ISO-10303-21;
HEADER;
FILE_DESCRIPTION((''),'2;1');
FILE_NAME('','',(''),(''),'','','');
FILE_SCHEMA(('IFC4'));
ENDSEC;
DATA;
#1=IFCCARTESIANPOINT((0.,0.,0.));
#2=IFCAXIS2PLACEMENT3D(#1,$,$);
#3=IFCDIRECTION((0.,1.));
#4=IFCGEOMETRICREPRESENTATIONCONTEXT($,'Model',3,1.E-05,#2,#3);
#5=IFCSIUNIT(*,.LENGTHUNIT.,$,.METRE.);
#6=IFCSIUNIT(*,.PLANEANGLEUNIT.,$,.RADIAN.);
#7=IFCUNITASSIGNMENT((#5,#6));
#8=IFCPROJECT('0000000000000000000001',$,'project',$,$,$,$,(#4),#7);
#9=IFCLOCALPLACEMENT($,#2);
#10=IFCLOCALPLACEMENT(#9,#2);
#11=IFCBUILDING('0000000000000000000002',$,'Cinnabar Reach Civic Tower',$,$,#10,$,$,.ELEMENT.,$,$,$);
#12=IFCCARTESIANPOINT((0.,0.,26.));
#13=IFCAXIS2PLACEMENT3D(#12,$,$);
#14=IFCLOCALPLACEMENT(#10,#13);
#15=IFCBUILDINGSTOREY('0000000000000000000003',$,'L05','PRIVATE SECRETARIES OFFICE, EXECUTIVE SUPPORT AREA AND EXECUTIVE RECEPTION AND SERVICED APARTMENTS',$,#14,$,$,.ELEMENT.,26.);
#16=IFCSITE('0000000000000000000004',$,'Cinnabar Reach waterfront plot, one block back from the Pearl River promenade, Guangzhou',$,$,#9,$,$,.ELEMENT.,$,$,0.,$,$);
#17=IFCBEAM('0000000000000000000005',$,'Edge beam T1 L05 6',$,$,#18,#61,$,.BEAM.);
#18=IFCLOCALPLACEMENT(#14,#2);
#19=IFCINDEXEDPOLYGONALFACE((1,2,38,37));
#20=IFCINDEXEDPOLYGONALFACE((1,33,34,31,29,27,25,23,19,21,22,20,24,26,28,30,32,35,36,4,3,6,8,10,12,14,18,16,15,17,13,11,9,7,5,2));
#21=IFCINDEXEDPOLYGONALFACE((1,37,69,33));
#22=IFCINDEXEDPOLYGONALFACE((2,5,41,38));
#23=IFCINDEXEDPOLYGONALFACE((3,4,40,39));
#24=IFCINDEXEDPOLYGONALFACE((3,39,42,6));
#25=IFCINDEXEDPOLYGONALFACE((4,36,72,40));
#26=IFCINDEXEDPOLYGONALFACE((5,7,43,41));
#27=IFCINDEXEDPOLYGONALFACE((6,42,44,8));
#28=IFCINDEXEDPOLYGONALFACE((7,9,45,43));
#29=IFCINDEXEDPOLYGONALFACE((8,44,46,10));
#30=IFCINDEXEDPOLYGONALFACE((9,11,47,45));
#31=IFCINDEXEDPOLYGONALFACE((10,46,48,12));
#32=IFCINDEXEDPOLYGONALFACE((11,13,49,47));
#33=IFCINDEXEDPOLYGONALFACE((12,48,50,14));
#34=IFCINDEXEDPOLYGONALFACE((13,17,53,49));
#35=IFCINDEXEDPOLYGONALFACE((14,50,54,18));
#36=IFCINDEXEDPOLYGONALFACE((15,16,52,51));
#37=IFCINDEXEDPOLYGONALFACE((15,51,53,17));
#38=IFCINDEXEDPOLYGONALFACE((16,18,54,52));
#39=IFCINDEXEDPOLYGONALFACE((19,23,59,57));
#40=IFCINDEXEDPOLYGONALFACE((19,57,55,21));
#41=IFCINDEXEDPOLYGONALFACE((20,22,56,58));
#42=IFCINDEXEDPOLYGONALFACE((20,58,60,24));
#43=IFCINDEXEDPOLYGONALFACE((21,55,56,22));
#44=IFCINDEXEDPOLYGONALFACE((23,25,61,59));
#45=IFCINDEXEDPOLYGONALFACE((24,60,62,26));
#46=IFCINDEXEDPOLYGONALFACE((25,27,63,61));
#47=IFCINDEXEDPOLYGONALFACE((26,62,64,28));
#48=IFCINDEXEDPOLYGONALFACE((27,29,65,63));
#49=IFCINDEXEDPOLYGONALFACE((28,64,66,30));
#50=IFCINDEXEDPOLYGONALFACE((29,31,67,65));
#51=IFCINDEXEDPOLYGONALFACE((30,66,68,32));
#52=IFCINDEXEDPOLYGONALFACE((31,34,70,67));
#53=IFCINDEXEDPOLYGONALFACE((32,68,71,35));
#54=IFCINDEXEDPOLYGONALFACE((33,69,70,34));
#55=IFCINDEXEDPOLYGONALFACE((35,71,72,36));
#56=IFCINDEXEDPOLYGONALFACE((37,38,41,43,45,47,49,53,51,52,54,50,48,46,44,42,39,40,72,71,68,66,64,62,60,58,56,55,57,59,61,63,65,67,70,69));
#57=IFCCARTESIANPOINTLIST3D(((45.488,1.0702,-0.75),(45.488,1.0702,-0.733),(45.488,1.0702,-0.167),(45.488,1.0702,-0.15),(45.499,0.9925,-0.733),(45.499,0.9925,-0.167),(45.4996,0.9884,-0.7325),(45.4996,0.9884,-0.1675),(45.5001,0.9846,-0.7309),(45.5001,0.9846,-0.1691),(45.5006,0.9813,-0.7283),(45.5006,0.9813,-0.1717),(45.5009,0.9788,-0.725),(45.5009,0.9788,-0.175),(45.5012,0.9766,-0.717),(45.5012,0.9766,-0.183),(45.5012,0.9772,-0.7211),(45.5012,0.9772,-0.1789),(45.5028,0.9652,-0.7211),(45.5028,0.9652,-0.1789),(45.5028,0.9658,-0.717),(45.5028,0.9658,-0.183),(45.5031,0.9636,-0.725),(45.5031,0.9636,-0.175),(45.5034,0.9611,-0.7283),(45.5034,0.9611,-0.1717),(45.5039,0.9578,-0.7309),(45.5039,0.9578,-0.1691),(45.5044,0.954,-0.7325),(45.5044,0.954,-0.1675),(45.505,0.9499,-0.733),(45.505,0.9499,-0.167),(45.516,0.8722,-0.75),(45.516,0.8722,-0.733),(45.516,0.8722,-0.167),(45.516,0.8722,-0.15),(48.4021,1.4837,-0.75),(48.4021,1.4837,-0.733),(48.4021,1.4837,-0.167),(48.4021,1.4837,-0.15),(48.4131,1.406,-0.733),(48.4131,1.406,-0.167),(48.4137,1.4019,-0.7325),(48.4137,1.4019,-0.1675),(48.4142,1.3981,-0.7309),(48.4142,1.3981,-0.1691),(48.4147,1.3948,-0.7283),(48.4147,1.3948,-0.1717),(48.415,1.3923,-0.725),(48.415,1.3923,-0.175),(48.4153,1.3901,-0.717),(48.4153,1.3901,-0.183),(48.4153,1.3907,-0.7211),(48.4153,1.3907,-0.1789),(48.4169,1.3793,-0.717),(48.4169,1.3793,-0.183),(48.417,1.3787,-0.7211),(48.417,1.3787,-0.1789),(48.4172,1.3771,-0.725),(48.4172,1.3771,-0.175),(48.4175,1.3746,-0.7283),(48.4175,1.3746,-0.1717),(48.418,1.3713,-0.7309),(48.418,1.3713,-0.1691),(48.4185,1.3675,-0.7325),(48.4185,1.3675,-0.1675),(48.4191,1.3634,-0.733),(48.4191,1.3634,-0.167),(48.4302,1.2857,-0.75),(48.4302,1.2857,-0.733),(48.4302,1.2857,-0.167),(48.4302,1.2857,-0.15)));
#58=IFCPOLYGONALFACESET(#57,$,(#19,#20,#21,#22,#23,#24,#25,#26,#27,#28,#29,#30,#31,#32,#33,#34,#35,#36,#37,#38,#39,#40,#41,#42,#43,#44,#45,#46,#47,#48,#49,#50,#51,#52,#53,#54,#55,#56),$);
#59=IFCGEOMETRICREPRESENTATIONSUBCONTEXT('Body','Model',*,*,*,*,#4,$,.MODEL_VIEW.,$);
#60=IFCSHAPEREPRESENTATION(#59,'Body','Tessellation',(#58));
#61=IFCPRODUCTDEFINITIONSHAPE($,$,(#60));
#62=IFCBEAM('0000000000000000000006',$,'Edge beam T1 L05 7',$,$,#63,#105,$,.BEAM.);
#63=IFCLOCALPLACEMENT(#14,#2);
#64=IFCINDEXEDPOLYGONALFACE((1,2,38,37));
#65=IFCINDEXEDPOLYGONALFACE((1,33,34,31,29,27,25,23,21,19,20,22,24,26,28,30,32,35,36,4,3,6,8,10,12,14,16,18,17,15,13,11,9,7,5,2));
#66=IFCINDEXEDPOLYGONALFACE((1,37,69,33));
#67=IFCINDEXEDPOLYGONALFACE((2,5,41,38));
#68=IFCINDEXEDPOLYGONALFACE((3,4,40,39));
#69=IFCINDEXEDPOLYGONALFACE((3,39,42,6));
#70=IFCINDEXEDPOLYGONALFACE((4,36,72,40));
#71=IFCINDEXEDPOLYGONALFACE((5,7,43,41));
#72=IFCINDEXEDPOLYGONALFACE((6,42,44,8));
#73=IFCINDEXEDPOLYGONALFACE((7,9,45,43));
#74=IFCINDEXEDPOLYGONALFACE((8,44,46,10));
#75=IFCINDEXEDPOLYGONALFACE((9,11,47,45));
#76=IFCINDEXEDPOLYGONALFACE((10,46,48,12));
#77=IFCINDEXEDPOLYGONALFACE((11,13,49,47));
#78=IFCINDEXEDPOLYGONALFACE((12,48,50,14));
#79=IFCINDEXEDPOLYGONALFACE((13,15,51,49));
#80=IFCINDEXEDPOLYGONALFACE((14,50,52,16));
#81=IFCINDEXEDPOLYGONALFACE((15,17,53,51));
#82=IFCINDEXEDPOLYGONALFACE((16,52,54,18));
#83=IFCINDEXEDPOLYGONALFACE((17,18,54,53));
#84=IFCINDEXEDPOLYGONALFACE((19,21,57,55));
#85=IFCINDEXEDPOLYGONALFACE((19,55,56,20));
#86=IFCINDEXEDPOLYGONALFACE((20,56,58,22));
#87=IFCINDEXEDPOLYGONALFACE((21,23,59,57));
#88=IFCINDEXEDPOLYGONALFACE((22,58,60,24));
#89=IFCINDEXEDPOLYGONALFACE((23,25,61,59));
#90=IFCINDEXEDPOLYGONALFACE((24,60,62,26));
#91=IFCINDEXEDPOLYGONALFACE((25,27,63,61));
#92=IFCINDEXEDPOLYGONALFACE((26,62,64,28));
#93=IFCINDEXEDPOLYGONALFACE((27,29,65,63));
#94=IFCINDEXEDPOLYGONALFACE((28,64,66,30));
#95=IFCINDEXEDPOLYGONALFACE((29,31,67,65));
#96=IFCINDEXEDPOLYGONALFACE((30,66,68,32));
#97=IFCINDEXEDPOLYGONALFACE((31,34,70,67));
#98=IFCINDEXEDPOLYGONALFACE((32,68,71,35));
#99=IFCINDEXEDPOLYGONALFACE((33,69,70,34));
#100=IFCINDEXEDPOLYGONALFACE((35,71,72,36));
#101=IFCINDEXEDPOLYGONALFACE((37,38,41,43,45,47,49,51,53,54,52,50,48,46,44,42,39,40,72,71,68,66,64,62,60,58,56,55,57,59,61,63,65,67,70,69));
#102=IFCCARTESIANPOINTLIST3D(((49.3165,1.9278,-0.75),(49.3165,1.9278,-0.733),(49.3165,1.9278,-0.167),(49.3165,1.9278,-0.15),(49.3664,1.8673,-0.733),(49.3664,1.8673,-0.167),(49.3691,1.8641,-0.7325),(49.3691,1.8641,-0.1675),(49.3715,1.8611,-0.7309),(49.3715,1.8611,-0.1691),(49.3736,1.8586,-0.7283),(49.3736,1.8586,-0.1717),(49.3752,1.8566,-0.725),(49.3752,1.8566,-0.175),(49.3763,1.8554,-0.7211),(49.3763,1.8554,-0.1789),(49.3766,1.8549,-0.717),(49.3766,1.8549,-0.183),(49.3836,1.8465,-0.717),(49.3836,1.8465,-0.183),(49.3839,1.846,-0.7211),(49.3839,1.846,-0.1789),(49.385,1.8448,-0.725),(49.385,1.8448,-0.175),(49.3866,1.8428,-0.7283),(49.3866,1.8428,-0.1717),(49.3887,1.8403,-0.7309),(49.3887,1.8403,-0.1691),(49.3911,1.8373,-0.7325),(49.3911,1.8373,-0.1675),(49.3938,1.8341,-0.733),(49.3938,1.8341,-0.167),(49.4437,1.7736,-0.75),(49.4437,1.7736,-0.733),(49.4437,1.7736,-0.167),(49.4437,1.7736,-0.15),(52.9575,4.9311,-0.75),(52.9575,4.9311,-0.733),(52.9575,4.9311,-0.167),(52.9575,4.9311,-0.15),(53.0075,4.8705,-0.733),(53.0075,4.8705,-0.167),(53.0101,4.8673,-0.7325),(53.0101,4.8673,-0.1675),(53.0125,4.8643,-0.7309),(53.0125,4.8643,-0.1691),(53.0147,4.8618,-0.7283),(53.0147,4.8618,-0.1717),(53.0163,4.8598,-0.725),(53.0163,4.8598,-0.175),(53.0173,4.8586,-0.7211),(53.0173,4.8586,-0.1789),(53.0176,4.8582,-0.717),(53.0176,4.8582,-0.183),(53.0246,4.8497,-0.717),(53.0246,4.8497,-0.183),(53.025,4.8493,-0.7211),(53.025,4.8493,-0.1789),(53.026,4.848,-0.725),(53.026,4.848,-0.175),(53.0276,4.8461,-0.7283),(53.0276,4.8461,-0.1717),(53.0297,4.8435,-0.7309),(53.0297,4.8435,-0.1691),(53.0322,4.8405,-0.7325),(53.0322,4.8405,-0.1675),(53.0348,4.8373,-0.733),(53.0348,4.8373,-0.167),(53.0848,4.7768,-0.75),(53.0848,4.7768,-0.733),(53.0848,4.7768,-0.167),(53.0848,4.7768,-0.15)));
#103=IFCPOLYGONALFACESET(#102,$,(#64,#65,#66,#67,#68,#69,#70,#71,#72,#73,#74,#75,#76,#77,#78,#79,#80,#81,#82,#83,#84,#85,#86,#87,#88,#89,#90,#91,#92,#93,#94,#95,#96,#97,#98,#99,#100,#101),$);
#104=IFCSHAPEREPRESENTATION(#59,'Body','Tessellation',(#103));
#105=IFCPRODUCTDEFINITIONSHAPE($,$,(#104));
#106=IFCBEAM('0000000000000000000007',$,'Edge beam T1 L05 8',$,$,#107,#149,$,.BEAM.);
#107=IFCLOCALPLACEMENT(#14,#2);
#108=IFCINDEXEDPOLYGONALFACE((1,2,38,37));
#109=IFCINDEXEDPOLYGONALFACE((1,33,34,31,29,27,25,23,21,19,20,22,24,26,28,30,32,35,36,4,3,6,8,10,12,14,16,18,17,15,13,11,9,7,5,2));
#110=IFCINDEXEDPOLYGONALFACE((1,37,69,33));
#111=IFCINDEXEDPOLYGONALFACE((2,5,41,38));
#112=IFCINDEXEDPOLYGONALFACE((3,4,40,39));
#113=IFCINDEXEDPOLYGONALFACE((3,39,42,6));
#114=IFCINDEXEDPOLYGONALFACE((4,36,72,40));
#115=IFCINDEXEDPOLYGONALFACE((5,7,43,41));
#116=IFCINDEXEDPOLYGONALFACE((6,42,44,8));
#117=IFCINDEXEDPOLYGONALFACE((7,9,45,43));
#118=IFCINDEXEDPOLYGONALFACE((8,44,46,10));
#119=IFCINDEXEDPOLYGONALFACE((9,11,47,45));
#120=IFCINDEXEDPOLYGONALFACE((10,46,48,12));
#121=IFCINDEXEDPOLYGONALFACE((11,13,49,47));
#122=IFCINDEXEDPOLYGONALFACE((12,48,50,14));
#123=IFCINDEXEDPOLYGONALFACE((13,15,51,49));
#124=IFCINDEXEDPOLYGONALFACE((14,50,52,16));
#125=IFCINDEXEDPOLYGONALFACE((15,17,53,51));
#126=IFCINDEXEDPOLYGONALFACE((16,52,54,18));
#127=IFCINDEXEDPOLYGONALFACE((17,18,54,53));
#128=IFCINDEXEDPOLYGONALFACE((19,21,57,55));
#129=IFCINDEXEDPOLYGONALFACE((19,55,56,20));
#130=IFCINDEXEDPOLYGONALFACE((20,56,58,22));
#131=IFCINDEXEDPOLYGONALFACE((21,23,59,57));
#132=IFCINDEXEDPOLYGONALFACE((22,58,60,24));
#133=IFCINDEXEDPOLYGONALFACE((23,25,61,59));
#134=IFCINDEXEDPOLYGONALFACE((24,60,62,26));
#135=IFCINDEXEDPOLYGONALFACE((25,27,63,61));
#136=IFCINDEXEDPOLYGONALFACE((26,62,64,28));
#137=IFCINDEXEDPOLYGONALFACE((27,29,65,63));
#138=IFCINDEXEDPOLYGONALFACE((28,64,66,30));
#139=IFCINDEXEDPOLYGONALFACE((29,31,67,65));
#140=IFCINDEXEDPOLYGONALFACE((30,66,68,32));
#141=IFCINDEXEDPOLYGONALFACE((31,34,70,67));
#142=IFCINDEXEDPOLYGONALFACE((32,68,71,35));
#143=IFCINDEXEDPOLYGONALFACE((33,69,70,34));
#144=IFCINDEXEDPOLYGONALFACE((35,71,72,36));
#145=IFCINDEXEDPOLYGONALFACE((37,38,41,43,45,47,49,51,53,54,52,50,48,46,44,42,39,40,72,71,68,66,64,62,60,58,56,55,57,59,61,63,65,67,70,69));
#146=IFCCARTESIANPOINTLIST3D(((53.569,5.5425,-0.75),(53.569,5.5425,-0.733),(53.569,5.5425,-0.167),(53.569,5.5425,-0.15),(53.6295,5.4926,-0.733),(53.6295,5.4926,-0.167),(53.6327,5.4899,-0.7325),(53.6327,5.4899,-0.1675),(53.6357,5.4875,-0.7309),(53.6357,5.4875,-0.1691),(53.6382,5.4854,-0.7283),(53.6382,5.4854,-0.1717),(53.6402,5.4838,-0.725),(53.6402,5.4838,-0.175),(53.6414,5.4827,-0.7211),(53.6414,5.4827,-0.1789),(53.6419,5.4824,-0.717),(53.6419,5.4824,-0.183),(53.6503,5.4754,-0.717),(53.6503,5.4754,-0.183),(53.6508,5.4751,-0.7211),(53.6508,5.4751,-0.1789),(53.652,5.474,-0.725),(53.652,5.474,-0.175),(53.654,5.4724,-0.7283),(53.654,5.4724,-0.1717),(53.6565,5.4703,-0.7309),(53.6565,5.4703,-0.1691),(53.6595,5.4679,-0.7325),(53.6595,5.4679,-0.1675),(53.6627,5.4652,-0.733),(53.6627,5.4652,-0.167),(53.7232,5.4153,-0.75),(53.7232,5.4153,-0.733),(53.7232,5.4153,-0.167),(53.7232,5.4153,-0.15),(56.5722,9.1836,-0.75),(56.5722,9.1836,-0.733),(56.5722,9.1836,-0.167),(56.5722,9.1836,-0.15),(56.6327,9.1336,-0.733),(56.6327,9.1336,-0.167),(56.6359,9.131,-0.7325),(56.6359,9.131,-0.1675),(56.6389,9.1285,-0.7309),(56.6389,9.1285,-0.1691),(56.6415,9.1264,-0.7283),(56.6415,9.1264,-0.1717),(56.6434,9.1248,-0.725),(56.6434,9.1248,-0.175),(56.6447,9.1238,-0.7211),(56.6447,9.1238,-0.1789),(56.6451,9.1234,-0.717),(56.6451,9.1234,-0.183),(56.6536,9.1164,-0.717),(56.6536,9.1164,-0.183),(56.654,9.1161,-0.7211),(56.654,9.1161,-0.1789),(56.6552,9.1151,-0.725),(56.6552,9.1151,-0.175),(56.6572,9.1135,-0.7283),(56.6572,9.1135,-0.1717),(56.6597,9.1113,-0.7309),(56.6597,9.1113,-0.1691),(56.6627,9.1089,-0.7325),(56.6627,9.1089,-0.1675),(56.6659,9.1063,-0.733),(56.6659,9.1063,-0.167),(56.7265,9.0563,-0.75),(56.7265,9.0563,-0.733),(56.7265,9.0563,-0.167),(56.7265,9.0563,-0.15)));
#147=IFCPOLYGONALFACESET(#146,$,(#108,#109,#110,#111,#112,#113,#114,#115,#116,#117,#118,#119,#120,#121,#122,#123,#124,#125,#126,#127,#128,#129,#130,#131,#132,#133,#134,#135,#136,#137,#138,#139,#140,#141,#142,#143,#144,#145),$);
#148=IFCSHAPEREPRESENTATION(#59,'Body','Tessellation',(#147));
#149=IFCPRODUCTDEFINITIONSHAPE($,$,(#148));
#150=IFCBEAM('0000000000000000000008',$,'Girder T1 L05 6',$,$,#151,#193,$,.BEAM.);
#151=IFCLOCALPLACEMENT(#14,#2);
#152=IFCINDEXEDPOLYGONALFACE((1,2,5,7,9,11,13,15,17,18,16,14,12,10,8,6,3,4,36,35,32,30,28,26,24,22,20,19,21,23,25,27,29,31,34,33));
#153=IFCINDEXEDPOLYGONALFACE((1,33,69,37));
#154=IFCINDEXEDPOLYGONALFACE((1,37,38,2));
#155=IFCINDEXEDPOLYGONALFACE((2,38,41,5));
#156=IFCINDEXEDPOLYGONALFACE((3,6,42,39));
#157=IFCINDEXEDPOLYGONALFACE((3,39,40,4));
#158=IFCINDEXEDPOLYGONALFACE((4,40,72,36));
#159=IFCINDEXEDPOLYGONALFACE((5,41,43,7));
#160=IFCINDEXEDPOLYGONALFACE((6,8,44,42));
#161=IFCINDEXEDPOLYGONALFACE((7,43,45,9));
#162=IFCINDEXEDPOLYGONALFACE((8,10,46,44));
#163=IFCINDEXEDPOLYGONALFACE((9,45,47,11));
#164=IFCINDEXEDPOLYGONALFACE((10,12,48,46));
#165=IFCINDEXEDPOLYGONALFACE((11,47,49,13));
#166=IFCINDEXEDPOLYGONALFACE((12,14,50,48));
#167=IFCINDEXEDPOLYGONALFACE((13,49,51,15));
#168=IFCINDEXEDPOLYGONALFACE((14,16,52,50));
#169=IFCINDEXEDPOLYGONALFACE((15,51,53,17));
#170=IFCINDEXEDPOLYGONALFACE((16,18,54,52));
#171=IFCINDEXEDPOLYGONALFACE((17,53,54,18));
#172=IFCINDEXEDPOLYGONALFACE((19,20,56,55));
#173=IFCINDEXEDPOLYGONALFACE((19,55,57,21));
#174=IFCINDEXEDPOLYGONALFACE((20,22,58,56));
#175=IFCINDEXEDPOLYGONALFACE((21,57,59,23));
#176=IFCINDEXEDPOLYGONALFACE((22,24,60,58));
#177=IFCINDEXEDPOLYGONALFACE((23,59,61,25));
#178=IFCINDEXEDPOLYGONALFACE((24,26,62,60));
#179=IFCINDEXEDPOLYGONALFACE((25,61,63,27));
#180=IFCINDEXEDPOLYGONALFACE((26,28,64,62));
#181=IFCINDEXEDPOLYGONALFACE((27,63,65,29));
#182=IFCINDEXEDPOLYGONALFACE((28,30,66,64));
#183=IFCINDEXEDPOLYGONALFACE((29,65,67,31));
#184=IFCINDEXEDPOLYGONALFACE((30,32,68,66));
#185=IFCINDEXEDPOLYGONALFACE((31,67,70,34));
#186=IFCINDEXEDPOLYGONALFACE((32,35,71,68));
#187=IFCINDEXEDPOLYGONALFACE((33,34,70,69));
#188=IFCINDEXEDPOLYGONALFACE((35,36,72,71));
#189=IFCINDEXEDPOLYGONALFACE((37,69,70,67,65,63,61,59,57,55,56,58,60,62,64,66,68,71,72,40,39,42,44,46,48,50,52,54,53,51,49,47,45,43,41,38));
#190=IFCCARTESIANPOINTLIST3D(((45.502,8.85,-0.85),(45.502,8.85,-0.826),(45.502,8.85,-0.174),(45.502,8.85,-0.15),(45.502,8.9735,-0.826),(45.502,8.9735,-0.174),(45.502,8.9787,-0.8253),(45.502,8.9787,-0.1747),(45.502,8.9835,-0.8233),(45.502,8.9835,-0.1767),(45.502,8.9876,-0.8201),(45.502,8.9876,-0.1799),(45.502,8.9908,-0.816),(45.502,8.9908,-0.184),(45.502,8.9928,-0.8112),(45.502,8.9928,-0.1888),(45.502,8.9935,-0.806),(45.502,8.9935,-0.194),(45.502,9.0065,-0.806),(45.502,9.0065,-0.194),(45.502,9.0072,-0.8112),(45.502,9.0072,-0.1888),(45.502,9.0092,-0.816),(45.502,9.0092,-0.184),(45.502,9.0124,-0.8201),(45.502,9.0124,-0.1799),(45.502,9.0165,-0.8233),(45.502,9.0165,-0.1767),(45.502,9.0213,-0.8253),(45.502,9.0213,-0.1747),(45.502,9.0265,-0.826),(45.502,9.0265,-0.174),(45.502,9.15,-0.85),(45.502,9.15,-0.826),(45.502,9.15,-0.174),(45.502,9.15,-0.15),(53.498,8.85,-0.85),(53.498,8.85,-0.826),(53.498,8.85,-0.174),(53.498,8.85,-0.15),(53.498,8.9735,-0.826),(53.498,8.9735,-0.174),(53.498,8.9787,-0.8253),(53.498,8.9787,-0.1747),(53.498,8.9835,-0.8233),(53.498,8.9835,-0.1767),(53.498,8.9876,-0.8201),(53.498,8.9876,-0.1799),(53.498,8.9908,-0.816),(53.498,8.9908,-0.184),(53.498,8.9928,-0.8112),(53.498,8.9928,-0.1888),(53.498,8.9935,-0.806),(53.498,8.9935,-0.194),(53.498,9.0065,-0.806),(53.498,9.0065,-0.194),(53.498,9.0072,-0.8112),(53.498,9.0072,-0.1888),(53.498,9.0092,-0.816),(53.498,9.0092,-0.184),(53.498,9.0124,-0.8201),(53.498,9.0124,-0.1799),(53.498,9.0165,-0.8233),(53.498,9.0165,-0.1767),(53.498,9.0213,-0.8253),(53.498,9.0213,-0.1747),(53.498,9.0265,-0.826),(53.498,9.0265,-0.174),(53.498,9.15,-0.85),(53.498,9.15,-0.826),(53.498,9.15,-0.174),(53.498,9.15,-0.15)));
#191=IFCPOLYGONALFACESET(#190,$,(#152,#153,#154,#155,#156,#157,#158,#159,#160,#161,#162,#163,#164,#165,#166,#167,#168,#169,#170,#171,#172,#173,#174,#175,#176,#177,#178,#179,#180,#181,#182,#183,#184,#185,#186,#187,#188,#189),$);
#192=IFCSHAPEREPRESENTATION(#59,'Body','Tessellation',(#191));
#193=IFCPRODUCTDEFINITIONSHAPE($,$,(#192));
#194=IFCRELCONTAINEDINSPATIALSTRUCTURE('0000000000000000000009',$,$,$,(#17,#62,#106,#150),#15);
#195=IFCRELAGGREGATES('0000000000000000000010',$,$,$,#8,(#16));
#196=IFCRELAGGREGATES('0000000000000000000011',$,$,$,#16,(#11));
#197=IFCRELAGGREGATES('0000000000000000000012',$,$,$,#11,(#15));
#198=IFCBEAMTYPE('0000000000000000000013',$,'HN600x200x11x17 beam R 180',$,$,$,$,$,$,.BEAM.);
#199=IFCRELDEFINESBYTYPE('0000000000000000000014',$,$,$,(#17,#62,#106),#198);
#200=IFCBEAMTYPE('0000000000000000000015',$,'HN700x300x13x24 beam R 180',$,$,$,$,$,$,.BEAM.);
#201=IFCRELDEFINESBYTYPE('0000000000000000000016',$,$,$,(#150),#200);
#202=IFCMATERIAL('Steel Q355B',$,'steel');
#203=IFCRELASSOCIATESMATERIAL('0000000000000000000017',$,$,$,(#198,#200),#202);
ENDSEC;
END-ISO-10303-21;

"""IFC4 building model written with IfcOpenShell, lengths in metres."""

from ifc_helpers import new_model, si_unit, direction, frame, origin, origin_2d, place, context, subcontext, project, spatial, i_section, extrude, material, material_profile, profile_set, type_object, element, save


model = new_model("IFC4")

# Units and contexts
model_context = context("Model", 3, precision=1e-05, world=origin(), true_north=direction((0.0, 1.0)))
body_context = subcontext(model_context, "Body", "Model", "MODEL_VIEW")
ifc_project = project(units=[si_unit("LENGTHUNIT", "METRE"), si_unit("PLANEANGLEUNIT", "RADIAN")], contexts=[model_context])

# Site, building, storey
site_placement = place(None, origin())
site = spatial("IfcSite", under=ifc_project, at=site_placement, Name="Cinnabar Reach waterfront plot, one block back from the Pearl River promenade, Guangzhou", CompositionType="ELEMENT", RefElevation=0.0)
building_placement = place(site_placement, origin())
building = spatial("IfcBuilding", under=site, at=building_placement, Name="Cinnabar Reach Civic Tower", CompositionType="ELEMENT")
storey_placement = place(building_placement, frame((0.0, 0.0, 26.0)))
storey = spatial("IfcBuildingStorey", under=building, at=storey_placement, Name="L05", Description="PRIVATE SECRETARIES OFFICE, EXECUTIVE SUPPORT AREA AND EXECUTIVE RECEPTION AND SERVICED APARTMENTS", CompositionType="ELEMENT", Elevation=26.0)

# Beams
ifc_material_1 = material(Name="Steel Q355B", Category="steel")
ifc_material_profile_1 = material_profile(ifc_material_1, i_section(OverallWidth=0.2, OverallDepth=0.6, WebThickness=0.011, FlangeThickness=0.017, FilletRadius=0.016, at=origin_2d()), Name="HN600x200x11x17")
ifc_profile_set_1 = profile_set([ifc_material_profile_1], Name="Steel Q355B")
beam_type_1 = type_object("IfcBeamType", Name="HN600x200x11x17 beam R 180", PredefinedType="BEAM", material=ifc_profile_set_1)
beam_1_placement = place(storey_placement, frame((45.502, 0.9712, -0.45), z_axis=(0.990082, 0.140489, 0.0), x_axis=(-0.140489, 0.990082, 0.0)))
element("IfcBeam", 1, at=beam_1_placement, inside=storey, type_object=beam_type_1, Name="Edge beam T1 L05 6", PredefinedType="BEAM", context=body_context, shape_type="SweptSolid", body=[
    extrude(i_section(OverallWidth=0.2, OverallDepth=0.6, WebThickness=0.011, FlangeThickness=0.017, FilletRadius=0.016, at=origin_2d()), origin(), (0.0, 0.0, 1.0), 2.9433),
])
for number, where, z_axis, x_axis, name in (
    (2, (49.3801, 1.8507, -0.45), (0.771438, 0.636304, 0.0), (-0.636304, 0.771438, 0.0), "Edge beam T1 L05 7"),
    (3, (53.6461, 5.4789, -0.45), (0.636304, 0.771438, 0.0), (-0.771438, 0.636304, 0.0), "Edge beam T1 L05 8"),
):
    element("IfcBeam", number, at=place(storey_placement, frame(where, z_axis=z_axis, x_axis=x_axis)), inside=storey, type_object=beam_type_1, Name=name, PredefinedType="BEAM", context=body_context, shape_type="SweptSolid", body=[
        extrude(i_section(OverallWidth=0.2, OverallDepth=0.6, WebThickness=0.011, FlangeThickness=0.017, FilletRadius=0.016, at=origin_2d()), origin(), (0.0, 0.0, 1.0), 4.7198),
    ])
ifc_material_profile_2 = material_profile(ifc_material_1, i_section(OverallWidth=0.3, OverallDepth=0.7, WebThickness=0.013, FlangeThickness=0.024, FilletRadius=0.02, at=origin_2d()), Name="HN700x300x13x24")
ifc_profile_set_2 = profile_set([ifc_material_profile_2], Name="Steel Q355B")
beam_type_2 = type_object("IfcBeamType", Name="HN700x300x13x24 beam R 180", PredefinedType="BEAM", material=ifc_profile_set_2)
beam_2_placement = place(storey_placement, frame((45.502, 9.0, -0.5), z_axis=(1.0, 0.0, 0.0), x_axis=(0.0, 1.0, 0.0)))
element("IfcBeam", 4, at=beam_2_placement, inside=storey, type_object=beam_type_2, Name="Girder T1 L05 6", PredefinedType="BEAM", context=body_context, shape_type="SweptSolid", body=[
    extrude(i_section(OverallWidth=0.3, OverallDepth=0.7, WebThickness=0.013, FlangeThickness=0.024, FilletRadius=0.02, at=origin_2d()), origin(), (0.0, 0.0, 1.0), 7.996),
])

save(model, "model.ifc")
